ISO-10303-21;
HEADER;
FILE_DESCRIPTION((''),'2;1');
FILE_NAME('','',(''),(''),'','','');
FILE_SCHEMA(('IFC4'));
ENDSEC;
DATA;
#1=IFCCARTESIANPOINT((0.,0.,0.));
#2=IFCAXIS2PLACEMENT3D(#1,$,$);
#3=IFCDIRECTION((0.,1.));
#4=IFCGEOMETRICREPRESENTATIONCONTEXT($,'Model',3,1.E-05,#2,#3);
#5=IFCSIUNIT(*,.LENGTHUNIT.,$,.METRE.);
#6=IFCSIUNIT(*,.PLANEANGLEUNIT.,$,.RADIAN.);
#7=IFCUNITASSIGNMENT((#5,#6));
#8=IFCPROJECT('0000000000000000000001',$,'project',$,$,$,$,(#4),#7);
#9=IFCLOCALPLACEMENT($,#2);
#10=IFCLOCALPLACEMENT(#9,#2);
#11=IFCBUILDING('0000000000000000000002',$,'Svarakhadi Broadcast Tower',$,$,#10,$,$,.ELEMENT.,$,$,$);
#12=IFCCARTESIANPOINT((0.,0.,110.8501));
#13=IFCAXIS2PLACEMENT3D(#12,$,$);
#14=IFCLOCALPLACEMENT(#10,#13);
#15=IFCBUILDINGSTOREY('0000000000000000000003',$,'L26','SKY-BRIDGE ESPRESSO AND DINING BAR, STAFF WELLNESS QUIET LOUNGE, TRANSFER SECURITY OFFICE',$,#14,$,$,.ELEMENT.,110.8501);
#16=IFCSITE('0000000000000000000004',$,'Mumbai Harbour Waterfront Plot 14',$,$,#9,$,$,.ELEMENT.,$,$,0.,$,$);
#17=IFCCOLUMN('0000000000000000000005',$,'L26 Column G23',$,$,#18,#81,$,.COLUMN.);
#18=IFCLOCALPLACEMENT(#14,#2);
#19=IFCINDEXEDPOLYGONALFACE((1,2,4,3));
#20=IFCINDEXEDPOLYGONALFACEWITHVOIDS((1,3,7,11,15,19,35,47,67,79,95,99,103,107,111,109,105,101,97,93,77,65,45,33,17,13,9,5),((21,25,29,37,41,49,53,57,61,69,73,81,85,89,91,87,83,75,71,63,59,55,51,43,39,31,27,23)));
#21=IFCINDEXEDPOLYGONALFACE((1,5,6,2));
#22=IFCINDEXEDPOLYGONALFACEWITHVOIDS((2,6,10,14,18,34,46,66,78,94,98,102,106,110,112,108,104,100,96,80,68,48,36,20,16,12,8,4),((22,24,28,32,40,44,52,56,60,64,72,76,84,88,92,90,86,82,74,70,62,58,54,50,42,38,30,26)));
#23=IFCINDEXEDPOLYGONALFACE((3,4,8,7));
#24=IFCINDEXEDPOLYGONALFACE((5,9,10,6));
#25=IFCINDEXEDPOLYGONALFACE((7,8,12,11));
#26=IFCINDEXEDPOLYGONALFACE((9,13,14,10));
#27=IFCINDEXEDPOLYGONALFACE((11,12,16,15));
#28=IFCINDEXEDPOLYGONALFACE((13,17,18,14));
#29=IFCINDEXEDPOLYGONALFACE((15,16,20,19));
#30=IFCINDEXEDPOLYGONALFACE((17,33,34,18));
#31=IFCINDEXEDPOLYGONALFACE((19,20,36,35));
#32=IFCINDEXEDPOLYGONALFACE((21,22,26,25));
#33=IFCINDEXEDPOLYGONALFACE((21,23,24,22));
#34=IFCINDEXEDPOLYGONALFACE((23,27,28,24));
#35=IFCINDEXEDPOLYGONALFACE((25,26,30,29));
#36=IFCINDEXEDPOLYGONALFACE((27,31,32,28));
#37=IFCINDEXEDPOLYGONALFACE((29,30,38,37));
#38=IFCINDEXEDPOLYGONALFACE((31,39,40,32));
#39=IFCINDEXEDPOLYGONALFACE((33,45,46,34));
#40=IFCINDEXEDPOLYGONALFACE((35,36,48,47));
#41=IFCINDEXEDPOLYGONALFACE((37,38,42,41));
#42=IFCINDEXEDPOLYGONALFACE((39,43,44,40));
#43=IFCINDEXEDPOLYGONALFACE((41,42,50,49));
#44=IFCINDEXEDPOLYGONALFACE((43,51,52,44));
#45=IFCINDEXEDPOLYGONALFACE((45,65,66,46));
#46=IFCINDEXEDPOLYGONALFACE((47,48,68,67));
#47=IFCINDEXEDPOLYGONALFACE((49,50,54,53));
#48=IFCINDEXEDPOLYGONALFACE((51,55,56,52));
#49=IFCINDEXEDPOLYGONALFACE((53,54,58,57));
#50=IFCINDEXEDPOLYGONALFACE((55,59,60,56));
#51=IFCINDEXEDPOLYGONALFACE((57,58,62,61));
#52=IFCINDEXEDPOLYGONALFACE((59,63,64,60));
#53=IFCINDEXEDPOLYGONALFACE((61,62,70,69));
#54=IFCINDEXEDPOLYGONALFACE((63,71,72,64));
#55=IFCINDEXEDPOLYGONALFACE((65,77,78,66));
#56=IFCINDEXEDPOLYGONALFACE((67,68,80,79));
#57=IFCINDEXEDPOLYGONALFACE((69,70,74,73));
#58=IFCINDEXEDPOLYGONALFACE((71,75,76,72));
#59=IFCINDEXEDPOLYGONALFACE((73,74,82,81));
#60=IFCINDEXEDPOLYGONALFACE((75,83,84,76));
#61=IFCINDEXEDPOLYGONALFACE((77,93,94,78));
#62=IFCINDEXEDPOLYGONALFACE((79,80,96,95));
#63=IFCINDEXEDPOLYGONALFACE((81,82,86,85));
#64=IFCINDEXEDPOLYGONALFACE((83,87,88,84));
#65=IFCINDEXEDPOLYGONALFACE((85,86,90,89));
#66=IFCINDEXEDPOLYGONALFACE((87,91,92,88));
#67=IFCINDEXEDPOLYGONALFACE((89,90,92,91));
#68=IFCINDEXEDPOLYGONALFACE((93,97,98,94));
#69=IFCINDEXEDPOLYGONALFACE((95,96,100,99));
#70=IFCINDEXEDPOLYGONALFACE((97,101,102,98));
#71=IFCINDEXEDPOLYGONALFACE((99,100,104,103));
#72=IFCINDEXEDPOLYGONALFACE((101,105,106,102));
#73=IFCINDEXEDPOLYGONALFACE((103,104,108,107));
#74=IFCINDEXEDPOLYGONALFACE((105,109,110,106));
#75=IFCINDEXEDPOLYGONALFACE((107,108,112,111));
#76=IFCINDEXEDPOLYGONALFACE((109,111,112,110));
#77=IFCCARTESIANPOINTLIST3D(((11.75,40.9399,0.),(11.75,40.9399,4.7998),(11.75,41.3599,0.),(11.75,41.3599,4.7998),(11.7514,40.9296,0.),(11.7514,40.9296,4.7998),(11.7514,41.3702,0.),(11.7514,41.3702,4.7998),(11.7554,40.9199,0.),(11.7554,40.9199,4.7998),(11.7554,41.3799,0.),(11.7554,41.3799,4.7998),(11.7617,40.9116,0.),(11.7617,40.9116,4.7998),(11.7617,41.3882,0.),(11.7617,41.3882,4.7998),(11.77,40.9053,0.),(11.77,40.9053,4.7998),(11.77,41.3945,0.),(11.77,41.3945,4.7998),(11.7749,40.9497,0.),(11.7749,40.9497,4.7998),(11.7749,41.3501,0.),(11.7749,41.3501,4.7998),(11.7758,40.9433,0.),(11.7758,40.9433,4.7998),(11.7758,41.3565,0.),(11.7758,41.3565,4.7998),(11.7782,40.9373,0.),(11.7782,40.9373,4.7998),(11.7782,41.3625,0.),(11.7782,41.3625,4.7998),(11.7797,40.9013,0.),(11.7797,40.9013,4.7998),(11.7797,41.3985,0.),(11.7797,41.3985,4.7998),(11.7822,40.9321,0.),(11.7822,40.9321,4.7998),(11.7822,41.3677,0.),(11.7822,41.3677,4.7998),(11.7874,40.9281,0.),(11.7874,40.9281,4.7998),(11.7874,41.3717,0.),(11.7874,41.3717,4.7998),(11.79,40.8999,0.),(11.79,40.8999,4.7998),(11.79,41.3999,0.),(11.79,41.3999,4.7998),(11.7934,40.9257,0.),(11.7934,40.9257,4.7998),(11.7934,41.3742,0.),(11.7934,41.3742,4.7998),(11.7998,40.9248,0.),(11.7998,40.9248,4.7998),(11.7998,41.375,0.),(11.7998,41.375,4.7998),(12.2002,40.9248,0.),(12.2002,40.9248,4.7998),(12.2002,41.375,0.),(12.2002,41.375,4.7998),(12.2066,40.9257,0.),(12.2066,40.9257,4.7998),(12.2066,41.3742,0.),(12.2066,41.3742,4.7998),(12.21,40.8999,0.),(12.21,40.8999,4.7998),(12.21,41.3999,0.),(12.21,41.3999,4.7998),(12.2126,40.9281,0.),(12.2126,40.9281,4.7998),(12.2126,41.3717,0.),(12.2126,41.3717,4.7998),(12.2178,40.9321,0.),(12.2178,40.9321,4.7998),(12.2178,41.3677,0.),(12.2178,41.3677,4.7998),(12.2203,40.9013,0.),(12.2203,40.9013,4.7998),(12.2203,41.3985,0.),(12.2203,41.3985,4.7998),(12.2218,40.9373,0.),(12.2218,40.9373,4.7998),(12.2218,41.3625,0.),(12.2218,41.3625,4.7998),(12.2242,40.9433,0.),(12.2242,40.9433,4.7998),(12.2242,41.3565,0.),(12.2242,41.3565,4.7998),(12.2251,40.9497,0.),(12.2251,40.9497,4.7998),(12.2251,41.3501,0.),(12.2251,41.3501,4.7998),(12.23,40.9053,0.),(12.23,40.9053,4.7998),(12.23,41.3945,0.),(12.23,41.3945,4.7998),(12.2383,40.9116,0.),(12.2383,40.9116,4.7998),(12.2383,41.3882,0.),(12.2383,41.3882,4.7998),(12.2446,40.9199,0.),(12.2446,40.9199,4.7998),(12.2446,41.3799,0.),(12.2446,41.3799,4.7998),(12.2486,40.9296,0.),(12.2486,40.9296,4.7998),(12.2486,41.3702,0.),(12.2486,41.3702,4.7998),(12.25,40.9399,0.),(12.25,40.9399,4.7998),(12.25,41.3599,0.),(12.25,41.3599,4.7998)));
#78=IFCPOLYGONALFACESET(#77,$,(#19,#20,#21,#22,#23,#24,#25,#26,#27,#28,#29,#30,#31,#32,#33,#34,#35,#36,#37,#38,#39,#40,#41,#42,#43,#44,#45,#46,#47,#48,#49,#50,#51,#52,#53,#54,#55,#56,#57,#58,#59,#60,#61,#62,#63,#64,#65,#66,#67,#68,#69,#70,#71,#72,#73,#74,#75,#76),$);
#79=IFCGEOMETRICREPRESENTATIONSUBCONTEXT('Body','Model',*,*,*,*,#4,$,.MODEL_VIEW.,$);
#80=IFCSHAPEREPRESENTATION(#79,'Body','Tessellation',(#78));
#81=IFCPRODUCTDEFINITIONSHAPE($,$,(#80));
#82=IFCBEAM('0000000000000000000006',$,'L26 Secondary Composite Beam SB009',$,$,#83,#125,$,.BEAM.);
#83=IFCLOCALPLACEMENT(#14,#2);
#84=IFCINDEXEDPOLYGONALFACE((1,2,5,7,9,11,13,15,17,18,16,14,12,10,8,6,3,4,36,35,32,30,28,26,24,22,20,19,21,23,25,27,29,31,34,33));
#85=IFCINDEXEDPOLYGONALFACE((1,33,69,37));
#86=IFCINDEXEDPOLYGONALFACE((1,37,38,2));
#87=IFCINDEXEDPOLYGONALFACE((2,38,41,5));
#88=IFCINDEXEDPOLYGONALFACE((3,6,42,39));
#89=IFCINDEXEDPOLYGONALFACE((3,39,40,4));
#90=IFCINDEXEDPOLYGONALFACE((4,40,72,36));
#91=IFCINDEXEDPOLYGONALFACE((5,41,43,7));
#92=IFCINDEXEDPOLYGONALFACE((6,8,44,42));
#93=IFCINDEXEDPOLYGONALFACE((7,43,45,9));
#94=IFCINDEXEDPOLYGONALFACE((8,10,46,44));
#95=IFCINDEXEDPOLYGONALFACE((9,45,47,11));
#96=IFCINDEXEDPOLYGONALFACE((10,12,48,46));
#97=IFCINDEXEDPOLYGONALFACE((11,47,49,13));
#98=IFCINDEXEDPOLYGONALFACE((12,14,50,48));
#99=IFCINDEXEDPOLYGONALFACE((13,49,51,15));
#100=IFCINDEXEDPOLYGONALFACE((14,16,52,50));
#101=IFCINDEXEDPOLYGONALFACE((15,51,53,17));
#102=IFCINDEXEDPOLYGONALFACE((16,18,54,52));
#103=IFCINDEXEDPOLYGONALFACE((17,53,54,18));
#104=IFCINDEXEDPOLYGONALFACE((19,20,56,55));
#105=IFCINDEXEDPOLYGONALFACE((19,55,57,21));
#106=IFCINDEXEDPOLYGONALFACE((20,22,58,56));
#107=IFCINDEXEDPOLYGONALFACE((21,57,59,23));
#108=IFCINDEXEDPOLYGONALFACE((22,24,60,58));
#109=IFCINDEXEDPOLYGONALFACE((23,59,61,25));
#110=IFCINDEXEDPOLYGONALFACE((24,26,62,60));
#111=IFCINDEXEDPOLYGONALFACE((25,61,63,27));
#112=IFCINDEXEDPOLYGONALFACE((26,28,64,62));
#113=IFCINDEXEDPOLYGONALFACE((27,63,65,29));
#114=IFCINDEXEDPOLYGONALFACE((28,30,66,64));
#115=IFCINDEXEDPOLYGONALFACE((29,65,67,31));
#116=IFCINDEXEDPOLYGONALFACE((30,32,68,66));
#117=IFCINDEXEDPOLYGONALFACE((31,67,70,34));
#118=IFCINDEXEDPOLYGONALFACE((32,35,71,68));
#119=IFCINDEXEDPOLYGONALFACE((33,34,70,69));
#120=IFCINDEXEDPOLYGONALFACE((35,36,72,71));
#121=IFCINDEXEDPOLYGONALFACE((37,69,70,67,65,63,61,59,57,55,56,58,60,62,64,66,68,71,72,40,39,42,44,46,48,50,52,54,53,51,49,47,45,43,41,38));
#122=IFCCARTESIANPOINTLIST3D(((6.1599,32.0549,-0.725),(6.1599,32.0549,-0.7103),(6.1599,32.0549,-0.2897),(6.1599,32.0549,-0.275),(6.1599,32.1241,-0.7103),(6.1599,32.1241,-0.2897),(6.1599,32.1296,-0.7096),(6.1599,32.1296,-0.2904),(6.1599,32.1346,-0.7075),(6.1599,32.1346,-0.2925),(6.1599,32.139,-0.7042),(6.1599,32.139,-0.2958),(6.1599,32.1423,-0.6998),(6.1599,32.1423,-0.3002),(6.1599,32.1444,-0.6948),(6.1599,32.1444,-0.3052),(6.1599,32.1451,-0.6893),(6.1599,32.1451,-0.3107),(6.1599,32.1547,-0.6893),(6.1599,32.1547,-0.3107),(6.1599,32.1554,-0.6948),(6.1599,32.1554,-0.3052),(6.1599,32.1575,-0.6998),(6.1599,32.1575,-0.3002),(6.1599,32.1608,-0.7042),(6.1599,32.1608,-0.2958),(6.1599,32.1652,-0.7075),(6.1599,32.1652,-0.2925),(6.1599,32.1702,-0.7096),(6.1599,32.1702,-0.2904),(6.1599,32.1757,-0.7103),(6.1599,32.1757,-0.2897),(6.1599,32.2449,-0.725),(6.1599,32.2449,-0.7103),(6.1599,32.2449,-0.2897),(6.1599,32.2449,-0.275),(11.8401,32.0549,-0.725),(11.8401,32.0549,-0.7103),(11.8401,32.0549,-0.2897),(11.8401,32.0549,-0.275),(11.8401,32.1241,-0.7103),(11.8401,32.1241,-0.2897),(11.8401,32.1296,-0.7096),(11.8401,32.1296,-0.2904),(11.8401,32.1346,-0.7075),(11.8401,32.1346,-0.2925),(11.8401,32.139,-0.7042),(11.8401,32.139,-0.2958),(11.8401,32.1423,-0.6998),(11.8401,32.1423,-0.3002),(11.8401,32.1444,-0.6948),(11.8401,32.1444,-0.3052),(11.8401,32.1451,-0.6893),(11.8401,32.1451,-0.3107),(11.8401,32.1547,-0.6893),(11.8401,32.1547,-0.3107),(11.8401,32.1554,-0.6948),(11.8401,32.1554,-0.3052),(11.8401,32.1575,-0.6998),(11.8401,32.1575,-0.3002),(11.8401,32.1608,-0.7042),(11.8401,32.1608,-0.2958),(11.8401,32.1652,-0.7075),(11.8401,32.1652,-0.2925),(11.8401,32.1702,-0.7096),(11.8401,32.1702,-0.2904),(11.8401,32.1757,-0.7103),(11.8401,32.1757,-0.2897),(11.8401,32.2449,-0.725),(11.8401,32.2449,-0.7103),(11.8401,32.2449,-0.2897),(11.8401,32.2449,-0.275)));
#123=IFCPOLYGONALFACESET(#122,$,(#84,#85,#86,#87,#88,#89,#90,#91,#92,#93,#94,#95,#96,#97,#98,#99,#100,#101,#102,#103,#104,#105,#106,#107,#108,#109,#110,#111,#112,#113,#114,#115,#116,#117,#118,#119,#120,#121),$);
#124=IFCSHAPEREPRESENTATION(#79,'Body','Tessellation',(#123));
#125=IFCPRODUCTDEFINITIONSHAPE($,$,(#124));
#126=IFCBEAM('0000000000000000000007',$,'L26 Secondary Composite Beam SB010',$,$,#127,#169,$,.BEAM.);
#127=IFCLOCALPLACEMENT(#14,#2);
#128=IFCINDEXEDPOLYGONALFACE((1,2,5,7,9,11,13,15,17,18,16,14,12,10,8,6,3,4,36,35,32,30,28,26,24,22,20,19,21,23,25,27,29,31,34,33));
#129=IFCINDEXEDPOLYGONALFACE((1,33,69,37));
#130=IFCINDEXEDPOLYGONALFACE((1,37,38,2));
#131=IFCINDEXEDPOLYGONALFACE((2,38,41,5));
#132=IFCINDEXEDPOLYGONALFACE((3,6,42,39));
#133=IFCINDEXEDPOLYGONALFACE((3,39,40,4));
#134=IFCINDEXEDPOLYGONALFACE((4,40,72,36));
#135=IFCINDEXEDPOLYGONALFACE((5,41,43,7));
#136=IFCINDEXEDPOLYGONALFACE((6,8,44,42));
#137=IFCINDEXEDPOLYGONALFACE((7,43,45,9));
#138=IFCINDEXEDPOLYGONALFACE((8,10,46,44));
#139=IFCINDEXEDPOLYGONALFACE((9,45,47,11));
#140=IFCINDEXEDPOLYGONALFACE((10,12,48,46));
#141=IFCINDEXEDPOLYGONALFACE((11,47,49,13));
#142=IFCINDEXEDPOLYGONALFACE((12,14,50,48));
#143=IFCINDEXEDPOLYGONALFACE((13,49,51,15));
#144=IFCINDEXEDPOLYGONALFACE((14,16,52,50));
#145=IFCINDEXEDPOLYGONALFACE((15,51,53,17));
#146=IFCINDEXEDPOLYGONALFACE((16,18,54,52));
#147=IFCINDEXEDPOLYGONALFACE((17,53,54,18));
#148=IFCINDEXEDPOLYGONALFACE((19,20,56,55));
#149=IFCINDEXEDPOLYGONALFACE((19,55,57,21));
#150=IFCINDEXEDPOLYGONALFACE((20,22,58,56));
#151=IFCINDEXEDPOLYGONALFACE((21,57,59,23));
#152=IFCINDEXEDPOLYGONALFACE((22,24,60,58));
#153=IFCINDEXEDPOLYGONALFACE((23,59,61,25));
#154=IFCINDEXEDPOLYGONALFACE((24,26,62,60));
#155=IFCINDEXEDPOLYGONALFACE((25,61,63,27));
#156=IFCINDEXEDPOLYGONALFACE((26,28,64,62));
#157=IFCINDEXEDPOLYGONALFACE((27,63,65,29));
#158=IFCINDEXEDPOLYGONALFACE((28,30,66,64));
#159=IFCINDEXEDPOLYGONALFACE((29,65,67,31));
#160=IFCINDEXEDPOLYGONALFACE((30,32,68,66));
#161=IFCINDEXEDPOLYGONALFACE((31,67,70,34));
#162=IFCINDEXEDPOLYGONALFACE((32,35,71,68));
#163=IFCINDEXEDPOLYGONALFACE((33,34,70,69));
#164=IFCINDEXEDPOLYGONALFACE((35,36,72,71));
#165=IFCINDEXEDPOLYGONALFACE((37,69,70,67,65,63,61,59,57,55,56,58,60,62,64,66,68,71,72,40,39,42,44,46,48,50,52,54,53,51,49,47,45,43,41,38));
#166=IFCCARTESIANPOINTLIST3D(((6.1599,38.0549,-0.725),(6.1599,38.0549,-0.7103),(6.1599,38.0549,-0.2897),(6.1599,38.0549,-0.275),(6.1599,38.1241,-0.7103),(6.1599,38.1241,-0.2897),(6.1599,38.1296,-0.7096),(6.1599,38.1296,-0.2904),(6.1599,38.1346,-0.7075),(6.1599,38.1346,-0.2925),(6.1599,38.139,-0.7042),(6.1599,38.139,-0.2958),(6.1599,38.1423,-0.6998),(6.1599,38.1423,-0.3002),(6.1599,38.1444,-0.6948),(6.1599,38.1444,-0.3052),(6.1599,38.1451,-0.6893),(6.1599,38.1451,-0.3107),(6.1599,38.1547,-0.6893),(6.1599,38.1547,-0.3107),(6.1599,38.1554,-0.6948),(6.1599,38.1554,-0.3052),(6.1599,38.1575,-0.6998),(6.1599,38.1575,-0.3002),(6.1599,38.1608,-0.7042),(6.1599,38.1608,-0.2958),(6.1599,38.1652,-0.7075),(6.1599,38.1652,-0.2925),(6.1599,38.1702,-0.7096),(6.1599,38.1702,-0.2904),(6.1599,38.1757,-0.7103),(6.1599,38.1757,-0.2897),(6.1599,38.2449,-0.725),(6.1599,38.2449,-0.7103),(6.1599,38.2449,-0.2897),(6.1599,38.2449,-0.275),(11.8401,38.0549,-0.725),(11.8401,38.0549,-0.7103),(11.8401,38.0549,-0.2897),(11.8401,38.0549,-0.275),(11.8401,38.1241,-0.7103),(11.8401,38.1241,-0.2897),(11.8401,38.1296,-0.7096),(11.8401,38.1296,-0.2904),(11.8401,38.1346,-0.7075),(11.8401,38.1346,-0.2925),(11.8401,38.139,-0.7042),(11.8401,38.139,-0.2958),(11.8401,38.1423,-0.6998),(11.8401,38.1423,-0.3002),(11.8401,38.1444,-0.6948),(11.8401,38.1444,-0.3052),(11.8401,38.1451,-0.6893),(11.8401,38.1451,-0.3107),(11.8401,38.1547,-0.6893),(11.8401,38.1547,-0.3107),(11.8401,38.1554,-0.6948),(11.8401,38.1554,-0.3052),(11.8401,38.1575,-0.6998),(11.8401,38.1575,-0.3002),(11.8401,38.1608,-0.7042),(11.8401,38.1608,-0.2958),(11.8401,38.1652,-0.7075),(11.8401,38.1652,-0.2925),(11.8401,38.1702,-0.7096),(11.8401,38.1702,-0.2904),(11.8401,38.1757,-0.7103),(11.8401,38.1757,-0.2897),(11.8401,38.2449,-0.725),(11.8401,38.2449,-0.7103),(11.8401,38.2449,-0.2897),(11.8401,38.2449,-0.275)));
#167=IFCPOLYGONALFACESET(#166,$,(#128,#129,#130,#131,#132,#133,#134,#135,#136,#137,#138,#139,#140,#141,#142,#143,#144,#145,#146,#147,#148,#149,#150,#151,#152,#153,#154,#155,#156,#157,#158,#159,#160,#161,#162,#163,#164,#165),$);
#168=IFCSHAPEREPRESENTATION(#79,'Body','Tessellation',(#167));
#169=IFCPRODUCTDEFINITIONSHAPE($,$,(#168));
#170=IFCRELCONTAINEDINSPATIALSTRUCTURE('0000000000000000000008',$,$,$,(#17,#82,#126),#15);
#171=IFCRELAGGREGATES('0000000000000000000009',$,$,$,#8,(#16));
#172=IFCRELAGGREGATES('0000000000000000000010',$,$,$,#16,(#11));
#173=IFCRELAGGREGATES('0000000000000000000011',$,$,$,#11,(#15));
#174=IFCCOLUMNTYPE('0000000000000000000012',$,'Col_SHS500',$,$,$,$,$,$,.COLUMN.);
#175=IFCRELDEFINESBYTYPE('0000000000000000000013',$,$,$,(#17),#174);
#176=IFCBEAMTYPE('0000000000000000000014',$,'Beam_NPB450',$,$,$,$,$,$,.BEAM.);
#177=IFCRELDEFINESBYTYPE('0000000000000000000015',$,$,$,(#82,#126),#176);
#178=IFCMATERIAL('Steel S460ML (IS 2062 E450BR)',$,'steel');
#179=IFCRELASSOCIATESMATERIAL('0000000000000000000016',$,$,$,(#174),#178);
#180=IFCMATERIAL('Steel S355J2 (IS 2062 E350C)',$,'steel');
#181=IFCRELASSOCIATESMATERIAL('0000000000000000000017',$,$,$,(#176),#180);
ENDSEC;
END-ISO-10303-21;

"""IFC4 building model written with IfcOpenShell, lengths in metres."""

from ifc_helpers import new_model, si_unit, direction, frame, origin, origin_2d, place, context, subcontext, project, spatial, hollow_rectangle, i_section, extrude, material, material_profile, profile_set, type_object, element, save


model = new_model("IFC4")

# Units and contexts
model_context = context("Model", 3, precision=1e-05, world=origin(), true_north=direction((0.0, 1.0)))
body_context = subcontext(model_context, "Body", "Model", "MODEL_VIEW")
ifc_project = project(units=[si_unit("LENGTHUNIT", "METRE"), si_unit("PLANEANGLEUNIT", "RADIAN")], contexts=[model_context])

# Site, building, storey
site_placement = place(None, origin())
site = spatial("IfcSite", under=ifc_project, at=site_placement, Name="Mumbai Harbour Waterfront Plot 14", CompositionType="ELEMENT", RefElevation=0.0)
building_placement = place(site_placement, origin())
building = spatial("IfcBuilding", under=site, at=building_placement, Name="Svarakhadi Broadcast Tower", CompositionType="ELEMENT")
storey_placement = place(building_placement, frame((0.0, 0.0, 110.8501)))
storey = spatial("IfcBuildingStorey", under=building, at=storey_placement, Name="L26", Description="SKY-BRIDGE ESPRESSO AND DINING BAR, STAFF WELLNESS QUIET LOUNGE, TRANSFER SECURITY OFFICE", CompositionType="ELEMENT", Elevation=110.8501)

# Column
ifc_material_1 = material(Name="Steel S460ML (IS 2062 E450BR)", Category="steel")
ifc_material_profile_1 = material_profile(ifc_material_1, hollow_rectangle(XDim=0.5, YDim=0.5, WallThickness=0.0249, InnerFilletRadius=0.0249, OuterFilletRadius=0.04, at=origin_2d()), Name="SHS 500x500x25")
ifc_profile_set_1 = profile_set([ifc_material_profile_1], Name="Steel S460ML (IS 2062 E450BR)")
column_type_1 = type_object("IfcColumnType", Name="Col_SHS500", PredefinedType="COLUMN", material=ifc_profile_set_1)
for number, where, z_axis, x_axis, name in (
    (1, (12.0, 41.1499, 0.0), (0.0, 0.0, 1.0), (1.0, 0.0, 0.0), "L26 Column G23"),
):
    element("IfcColumn", number, at=place(storey_placement, frame(where, z_axis=z_axis, x_axis=x_axis)), inside=storey, type_object=column_type_1, Name=name, PredefinedType="COLUMN", context=body_context, shape_type="SweptSolid", body=[
        extrude(hollow_rectangle(XDim=0.5, YDim=0.5, WallThickness=0.0249, InnerFilletRadius=0.0249, OuterFilletRadius=0.04, at=origin_2d()), origin(), (0.0, 0.0, 1.0), 4.7998),
    ])

# Beams
ifc_material_2 = material(Name="Steel S355J2 (IS 2062 E350C)", Category="steel")
ifc_material_profile_2 = material_profile(ifc_material_2, i_section(OverallWidth=0.1899, OverallDepth=0.45, WebThickness=0.0095, FlangeThickness=0.0146, FilletRadius=0.021, at=origin_2d()), Name="NPB 450x190x78")
ifc_profile_set_2 = profile_set([ifc_material_profile_2], Name="Steel S355J2 (IS 2062 E350C)")
beam_type_1 = type_object("IfcBeamType", Name="Beam_NPB450", PredefinedType="BEAM", material=ifc_profile_set_2)
for number, where, z_axis, x_axis, name in (
    (2, (6.1599, 32.1499, -0.5), (1.0, 0.0, 0.0), (0.0, 1.0, 0.0), "L26 Secondary Composite Beam SB009"),
    (3, (6.1599, 38.1499, -0.5), (1.0, 0.0, 0.0), (0.0, 1.0, 0.0), "L26 Secondary Composite Beam SB010"),
):
    element("IfcBeam", number, at=place(storey_placement, frame(where, z_axis=z_axis, x_axis=x_axis)), inside=storey, type_object=beam_type_1, Name=name, PredefinedType="BEAM", context=body_context, shape_type="SweptSolid", body=[
        extrude(i_section(OverallWidth=0.1899, OverallDepth=0.45, WebThickness=0.0095, FlangeThickness=0.0146, FilletRadius=0.021, at=origin_2d()), origin(), (0.0, 0.0, 1.0), 5.6802),
    ])

save(model, "model.ifc")
